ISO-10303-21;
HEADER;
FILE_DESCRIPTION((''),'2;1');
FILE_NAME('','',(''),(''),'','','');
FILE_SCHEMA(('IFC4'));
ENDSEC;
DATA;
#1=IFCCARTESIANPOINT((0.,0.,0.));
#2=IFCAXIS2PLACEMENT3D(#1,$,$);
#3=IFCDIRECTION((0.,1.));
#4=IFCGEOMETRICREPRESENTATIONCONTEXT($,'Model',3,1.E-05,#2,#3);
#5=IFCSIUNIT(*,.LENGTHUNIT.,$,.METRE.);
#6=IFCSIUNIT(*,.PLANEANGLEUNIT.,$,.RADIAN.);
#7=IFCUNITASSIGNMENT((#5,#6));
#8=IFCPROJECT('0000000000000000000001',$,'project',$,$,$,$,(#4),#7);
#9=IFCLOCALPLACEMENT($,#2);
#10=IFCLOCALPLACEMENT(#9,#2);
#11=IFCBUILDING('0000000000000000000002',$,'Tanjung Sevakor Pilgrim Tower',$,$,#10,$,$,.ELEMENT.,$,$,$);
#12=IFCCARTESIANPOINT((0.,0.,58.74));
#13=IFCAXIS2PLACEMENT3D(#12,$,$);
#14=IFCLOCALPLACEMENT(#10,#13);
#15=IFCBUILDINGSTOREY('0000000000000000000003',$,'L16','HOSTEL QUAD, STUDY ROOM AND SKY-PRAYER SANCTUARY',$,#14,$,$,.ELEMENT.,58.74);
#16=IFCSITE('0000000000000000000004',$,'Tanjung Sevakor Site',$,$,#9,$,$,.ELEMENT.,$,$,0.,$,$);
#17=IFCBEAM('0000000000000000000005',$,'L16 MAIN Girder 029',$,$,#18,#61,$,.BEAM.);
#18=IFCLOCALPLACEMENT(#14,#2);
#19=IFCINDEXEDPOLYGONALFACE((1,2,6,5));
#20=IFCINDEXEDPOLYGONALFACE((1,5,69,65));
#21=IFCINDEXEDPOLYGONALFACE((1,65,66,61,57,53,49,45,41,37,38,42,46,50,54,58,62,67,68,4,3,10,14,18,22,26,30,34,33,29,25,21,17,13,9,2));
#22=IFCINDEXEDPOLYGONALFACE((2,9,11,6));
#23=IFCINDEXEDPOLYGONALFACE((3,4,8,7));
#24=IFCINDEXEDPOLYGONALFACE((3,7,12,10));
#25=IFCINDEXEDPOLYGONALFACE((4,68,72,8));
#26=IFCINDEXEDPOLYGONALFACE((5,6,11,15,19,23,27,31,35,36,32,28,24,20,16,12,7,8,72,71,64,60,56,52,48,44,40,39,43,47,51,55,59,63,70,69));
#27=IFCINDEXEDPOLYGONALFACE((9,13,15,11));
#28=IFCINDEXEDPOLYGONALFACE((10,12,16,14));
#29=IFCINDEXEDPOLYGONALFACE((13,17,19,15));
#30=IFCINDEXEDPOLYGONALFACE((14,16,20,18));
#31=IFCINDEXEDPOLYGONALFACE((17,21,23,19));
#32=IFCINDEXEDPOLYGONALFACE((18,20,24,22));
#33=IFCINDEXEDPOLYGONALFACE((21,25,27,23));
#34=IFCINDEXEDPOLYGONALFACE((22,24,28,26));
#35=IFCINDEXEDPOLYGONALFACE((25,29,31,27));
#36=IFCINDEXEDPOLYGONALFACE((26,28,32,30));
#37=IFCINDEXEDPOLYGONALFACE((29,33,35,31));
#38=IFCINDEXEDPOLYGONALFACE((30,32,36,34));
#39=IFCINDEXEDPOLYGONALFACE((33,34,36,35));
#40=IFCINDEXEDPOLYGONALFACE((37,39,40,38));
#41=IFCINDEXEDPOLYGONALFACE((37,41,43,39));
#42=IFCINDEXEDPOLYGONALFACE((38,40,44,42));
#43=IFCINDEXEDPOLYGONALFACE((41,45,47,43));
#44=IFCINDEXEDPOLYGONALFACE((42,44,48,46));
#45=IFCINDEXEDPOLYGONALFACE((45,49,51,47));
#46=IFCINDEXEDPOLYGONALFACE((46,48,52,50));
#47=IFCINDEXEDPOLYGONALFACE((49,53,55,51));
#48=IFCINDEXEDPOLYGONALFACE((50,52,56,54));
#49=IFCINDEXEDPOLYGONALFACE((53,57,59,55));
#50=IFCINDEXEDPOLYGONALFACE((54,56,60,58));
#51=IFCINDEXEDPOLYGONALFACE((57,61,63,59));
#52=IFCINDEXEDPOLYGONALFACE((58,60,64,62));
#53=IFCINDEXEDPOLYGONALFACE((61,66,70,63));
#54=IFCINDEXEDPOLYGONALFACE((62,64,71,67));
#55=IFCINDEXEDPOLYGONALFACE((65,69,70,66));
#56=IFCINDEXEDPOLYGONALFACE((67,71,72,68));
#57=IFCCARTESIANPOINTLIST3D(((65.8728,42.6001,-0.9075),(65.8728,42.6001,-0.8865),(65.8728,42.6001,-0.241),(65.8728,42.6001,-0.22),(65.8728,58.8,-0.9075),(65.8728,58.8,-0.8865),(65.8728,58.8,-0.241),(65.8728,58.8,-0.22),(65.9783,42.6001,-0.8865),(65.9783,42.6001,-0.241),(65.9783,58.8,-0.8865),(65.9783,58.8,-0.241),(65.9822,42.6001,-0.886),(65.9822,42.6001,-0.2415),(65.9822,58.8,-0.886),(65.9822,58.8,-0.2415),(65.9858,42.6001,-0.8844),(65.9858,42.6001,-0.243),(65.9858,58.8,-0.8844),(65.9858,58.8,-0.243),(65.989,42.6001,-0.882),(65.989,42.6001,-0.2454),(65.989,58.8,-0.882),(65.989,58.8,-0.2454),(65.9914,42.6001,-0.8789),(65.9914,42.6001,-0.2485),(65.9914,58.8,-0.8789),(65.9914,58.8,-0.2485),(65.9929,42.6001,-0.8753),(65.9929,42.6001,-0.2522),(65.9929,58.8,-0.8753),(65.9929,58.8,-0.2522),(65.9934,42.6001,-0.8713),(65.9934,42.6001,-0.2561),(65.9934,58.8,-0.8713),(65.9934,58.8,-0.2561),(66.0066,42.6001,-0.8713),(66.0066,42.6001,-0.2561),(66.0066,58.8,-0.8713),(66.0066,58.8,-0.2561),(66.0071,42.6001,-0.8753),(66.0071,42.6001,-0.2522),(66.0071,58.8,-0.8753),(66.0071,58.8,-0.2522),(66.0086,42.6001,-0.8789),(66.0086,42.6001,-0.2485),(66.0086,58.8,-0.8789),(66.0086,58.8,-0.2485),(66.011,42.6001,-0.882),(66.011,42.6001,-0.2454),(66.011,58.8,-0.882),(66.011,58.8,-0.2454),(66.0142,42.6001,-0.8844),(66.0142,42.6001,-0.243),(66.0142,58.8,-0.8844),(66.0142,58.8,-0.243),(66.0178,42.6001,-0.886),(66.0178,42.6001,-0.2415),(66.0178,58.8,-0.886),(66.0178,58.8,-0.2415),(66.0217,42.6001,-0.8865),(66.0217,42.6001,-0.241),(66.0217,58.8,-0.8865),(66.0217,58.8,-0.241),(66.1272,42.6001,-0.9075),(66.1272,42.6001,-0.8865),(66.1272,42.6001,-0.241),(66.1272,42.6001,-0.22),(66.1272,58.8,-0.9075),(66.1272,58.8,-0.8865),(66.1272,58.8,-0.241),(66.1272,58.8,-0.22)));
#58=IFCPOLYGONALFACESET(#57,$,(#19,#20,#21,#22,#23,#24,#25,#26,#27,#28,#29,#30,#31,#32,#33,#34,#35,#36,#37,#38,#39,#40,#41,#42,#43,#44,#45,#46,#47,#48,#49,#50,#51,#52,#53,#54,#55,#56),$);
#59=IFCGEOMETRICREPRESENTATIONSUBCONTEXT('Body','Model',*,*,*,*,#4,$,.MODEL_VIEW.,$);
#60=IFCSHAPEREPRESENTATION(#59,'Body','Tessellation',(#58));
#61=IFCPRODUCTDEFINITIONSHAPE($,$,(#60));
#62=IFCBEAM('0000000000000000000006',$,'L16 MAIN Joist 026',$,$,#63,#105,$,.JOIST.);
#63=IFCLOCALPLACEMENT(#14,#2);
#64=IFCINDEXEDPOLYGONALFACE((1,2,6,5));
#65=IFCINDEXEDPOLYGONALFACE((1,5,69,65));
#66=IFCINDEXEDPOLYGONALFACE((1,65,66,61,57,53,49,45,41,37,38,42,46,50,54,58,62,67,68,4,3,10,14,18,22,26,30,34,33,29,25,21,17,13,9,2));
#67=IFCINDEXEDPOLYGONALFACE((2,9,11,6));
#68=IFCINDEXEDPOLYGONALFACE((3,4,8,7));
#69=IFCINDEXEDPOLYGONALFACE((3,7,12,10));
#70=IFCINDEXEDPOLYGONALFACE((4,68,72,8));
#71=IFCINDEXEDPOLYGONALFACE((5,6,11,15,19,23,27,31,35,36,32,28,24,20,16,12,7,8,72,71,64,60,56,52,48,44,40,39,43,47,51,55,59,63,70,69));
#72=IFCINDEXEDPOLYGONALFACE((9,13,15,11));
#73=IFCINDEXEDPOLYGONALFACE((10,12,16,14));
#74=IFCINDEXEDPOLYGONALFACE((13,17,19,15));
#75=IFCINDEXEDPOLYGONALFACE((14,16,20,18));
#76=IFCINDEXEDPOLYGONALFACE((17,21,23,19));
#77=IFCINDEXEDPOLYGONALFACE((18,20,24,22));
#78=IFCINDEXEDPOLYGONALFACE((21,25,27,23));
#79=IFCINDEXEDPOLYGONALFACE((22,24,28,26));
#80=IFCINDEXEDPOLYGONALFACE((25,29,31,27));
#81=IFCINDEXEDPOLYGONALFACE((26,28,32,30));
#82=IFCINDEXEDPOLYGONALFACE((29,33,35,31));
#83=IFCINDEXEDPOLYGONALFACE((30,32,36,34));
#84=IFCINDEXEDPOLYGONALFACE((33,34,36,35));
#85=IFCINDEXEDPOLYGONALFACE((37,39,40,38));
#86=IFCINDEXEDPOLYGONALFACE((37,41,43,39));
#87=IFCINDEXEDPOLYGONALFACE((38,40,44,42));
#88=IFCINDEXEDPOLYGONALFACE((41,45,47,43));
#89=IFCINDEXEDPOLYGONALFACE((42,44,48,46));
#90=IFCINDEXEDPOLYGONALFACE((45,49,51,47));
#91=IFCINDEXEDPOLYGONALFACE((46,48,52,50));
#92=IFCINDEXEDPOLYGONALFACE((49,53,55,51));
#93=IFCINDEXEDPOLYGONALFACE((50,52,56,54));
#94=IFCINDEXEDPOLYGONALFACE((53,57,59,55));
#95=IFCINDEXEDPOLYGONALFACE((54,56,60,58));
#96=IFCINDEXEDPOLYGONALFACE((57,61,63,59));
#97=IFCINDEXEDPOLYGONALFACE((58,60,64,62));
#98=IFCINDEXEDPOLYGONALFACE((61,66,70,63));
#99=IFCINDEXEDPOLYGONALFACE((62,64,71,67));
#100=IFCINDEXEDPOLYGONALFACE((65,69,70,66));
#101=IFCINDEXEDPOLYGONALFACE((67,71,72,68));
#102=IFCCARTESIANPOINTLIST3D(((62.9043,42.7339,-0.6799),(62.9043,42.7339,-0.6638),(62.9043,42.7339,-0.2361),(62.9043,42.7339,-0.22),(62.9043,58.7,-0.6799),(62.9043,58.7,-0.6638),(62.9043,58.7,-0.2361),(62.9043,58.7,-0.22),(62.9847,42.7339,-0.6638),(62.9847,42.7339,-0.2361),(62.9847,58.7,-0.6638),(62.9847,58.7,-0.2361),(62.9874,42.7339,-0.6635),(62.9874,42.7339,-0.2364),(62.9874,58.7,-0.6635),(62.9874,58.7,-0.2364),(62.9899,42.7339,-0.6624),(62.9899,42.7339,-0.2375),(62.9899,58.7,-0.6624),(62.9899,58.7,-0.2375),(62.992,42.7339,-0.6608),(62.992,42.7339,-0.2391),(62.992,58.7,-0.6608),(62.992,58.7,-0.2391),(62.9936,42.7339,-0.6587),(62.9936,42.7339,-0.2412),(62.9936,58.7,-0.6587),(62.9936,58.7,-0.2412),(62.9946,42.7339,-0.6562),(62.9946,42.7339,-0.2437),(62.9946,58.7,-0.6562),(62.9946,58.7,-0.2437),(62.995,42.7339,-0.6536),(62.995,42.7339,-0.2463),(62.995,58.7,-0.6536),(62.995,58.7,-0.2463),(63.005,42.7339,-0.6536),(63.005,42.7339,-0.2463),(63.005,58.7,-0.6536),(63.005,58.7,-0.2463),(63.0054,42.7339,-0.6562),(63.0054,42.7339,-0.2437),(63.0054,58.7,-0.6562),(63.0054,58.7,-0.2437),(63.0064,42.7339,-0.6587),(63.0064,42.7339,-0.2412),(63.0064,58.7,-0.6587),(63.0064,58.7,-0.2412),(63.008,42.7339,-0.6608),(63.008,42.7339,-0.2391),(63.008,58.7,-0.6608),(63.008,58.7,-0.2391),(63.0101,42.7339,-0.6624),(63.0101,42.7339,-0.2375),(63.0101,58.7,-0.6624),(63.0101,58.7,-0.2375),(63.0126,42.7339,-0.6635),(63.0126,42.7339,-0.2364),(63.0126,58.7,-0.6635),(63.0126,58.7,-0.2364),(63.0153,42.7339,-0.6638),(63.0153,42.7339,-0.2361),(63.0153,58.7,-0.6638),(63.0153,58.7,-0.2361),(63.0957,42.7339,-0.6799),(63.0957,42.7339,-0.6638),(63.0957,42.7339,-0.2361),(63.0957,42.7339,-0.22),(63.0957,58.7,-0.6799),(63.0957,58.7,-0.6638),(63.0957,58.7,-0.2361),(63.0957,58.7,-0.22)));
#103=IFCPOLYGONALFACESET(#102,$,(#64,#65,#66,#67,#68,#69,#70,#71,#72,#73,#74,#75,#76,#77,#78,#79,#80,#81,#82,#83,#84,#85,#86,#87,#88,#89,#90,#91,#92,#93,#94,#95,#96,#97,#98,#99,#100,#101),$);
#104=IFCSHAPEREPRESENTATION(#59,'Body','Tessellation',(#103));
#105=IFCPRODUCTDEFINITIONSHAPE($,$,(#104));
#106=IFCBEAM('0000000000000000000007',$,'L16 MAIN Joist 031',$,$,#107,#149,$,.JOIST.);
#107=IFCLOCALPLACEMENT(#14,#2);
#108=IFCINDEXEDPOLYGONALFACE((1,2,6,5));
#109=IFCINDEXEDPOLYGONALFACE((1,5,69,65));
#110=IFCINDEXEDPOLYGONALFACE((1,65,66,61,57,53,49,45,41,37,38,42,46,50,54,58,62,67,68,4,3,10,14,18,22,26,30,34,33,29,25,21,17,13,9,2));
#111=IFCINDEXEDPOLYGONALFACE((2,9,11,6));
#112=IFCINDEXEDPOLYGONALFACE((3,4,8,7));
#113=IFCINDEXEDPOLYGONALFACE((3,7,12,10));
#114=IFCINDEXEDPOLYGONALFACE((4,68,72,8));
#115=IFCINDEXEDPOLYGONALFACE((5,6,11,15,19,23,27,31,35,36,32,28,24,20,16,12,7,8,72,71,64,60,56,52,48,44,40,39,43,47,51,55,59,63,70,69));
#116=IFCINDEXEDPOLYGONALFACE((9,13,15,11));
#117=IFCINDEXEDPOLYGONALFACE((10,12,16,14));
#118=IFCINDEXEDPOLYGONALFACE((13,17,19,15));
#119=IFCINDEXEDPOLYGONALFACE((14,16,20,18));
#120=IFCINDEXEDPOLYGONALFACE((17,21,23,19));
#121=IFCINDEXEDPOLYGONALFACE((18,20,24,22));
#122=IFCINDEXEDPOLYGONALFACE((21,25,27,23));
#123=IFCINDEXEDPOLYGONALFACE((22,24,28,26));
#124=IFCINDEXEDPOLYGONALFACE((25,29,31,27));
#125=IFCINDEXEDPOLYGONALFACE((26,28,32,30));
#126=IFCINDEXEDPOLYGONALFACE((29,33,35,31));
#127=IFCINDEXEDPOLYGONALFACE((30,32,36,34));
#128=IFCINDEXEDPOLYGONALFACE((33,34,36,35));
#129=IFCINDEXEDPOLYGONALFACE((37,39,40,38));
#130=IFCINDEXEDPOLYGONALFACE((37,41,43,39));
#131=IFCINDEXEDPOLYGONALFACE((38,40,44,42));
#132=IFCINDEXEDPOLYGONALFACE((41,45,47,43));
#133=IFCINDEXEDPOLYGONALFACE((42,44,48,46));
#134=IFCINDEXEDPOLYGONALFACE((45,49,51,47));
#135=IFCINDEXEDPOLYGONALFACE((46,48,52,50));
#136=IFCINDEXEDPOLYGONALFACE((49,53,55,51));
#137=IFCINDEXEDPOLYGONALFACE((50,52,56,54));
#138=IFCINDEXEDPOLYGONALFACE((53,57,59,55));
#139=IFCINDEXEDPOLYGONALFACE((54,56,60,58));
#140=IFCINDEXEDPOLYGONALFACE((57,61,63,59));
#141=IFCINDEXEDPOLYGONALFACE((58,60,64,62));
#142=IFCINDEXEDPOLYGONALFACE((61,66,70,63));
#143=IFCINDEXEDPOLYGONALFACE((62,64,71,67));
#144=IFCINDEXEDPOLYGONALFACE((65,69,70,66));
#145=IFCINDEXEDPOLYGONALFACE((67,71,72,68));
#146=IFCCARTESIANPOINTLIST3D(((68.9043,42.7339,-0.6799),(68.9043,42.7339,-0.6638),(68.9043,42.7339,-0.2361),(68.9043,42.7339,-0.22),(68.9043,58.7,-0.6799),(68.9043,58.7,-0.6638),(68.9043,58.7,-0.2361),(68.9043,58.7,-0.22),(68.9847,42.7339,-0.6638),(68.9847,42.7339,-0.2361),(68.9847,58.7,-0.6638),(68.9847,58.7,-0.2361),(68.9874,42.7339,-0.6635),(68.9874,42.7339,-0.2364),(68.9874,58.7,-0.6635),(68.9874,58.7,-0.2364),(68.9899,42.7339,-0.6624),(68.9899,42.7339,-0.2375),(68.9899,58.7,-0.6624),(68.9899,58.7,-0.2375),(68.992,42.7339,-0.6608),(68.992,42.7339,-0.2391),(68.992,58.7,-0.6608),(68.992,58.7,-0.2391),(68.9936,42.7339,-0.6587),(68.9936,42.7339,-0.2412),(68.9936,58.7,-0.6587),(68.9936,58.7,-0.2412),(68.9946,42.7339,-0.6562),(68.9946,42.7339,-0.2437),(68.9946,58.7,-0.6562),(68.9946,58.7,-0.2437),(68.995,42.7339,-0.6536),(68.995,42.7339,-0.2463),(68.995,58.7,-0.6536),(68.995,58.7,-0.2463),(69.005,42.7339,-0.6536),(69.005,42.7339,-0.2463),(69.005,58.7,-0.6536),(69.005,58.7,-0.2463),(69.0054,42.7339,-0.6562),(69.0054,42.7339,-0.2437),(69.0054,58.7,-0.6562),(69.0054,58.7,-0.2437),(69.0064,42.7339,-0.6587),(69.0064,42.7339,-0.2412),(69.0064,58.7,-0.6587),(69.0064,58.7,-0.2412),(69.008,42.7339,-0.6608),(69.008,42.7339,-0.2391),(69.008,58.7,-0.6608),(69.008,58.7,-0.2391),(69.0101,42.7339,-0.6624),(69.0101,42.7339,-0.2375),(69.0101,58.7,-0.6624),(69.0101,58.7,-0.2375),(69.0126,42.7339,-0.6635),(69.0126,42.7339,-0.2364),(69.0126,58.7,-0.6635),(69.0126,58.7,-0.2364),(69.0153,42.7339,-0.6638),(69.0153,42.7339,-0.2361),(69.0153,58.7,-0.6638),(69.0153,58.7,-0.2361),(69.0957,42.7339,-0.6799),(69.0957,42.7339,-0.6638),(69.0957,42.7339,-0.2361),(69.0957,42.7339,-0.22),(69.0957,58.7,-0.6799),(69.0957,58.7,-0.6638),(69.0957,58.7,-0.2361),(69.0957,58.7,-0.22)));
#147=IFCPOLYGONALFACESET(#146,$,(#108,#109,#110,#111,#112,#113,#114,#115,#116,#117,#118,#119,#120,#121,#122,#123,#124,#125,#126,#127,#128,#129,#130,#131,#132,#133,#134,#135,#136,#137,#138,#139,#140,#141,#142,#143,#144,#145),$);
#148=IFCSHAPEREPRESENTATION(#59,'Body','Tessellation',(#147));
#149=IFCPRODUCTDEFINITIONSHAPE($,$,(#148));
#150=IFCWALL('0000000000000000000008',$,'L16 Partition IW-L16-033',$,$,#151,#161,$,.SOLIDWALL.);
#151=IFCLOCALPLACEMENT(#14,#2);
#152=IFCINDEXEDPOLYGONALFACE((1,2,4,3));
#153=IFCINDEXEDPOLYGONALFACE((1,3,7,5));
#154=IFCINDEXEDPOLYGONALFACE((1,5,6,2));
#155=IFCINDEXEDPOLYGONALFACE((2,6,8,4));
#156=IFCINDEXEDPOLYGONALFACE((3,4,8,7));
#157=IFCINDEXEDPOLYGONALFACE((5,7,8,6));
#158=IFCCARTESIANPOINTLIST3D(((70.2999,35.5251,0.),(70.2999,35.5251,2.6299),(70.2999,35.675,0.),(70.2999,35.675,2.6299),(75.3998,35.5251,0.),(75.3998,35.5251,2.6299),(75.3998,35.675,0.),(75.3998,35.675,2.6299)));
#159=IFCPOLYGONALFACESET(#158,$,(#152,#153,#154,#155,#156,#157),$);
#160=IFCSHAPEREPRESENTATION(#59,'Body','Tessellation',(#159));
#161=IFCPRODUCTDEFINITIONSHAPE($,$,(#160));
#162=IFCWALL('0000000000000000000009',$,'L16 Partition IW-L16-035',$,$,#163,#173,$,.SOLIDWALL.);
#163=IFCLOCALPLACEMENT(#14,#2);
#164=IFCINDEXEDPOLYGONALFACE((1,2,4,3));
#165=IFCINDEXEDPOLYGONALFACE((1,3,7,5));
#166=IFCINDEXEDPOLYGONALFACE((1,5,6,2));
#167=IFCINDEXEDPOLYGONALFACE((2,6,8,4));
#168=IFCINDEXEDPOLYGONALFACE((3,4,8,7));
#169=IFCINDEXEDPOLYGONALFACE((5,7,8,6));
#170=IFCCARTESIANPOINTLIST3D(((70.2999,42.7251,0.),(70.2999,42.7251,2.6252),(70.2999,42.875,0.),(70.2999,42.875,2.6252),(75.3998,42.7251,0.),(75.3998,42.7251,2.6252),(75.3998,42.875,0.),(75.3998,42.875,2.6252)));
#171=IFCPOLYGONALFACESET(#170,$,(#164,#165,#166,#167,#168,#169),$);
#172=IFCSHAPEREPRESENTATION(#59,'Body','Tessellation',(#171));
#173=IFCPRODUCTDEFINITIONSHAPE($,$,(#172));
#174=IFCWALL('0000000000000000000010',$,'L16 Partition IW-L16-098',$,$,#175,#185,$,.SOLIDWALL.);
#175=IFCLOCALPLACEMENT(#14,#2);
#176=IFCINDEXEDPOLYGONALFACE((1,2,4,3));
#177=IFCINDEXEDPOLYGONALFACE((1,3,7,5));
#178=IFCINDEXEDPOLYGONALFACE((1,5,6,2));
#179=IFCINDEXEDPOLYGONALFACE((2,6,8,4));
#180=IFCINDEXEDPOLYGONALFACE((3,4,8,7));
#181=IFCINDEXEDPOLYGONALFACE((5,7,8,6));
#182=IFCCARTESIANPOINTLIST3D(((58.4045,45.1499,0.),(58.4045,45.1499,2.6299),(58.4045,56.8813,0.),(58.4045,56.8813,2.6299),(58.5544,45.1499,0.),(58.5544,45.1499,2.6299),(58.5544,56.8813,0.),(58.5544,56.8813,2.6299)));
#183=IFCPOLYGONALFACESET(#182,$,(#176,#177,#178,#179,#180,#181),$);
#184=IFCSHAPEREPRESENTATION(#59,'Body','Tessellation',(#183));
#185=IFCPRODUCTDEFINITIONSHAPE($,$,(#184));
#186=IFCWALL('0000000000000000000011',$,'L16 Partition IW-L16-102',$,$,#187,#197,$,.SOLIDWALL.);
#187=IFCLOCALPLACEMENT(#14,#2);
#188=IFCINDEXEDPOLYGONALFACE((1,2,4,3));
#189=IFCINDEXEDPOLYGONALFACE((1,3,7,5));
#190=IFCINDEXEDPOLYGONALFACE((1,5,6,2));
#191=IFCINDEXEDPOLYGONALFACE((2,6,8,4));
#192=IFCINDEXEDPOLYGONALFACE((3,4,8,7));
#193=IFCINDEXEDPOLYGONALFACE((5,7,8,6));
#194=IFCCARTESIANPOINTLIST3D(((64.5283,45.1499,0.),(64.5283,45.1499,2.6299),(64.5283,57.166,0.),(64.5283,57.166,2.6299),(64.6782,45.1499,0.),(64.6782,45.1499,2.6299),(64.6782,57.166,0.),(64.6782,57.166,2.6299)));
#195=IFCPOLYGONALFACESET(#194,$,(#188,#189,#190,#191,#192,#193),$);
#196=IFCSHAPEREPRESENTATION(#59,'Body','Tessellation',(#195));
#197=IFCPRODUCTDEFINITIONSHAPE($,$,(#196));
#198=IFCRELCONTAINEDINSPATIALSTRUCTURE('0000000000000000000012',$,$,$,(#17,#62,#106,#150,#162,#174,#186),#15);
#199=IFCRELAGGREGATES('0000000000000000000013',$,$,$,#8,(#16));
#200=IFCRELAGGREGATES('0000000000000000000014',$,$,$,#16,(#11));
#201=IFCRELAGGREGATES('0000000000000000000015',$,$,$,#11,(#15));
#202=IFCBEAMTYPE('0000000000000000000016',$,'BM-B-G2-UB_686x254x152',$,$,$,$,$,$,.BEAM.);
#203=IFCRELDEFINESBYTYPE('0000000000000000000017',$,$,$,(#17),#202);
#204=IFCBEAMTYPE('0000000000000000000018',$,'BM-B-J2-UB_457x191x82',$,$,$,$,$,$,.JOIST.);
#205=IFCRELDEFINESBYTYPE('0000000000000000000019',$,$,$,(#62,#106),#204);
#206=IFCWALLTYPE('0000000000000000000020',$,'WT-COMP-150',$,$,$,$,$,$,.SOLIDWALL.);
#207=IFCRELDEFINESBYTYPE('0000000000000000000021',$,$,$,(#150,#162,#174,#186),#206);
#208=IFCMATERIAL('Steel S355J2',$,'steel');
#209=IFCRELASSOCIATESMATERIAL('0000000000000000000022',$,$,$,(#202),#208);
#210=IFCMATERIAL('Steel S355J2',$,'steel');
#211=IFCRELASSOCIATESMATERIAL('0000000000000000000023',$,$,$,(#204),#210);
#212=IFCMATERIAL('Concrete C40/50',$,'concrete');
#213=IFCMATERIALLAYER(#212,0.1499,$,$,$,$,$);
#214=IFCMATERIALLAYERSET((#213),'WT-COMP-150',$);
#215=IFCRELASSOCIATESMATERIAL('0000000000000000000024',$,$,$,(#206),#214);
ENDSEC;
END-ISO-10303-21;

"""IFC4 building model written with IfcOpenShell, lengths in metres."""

from ifc_helpers import new_model, si_unit, direction, frame, frame_2d, origin, origin_2d, place, context, subcontext, project, spatial, rectangle, i_section, extrude, material, layer, layer_set, material_profile, profile_set, type_object, element, save


model = new_model("IFC4")

# Units and contexts
model_context = context("Model", 3, precision=1e-05, world=origin(), true_north=direction((0.0, 1.0)))
body_context = subcontext(model_context, "Body", "Model", "MODEL_VIEW")
ifc_project = project(units=[si_unit("LENGTHUNIT", "METRE"), si_unit("PLANEANGLEUNIT", "RADIAN")], contexts=[model_context])

# Site, building, storey
site_placement = place(None, origin())
site = spatial("IfcSite", under=ifc_project, at=site_placement, Name="Tanjung Sevakor Site", CompositionType="ELEMENT", RefElevation=0.0)
building_placement = place(site_placement, origin())
building = spatial("IfcBuilding", under=site, at=building_placement, Name="Tanjung Sevakor Pilgrim Tower", CompositionType="ELEMENT")
storey_placement = place(building_placement, frame((0.0, 0.0, 58.74)))
storey = spatial("IfcBuildingStorey", under=building, at=storey_placement, Name="L16", Description="HOSTEL QUAD, STUDY ROOM AND SKY-PRAYER SANCTUARY", CompositionType="ELEMENT", Elevation=58.74)

# Beams
ifc_material_1 = material(Name="Steel S355J2", Category="steel")
ifc_material_profile_1 = material_profile(ifc_material_1, i_section(OverallWidth=0.2544, OverallDepth=0.6875, WebThickness=0.0132, FlangeThickness=0.021, FilletRadius=0.0151, at=origin_2d()))
ifc_profile_set_1 = profile_set([ifc_material_profile_1], Name="Steel S355J2")
beam_type_1 = type_object("IfcBeamType", Name="BM-B-G2-UB_686x254x152", PredefinedType="BEAM", material=ifc_profile_set_1)
for number, where, z_axis, x_axis, name in (
    (1, (66.0, 42.6001, -0.5637), (0.0, 1.0, 0.0), (-1.0, 0.0, 0.0), "L16 MAIN Girder 029"),
):
    element("IfcBeam", number, at=place(storey_placement, frame(where, z_axis=z_axis, x_axis=x_axis)), inside=storey, type_object=beam_type_1, Name=name, PredefinedType="BEAM", context=body_context, shape_type="SweptSolid", body=[
        extrude(i_section(OverallWidth=0.2544, OverallDepth=0.6875, WebThickness=0.0132, FlangeThickness=0.021, FilletRadius=0.0151, at=origin_2d()), origin(), (0.0, 0.0, 1.0), 16.2),
    ])
ifc_material_2 = material(Name="Steel S355J2", Category="steel")
ifc_material_profile_2 = material_profile(ifc_material_2, i_section(OverallWidth=0.1914, OverallDepth=0.46, WebThickness=0.01, FlangeThickness=0.0161, FilletRadius=0.0103, at=origin_2d()))
ifc_profile_set_2 = profile_set([ifc_material_profile_2], Name="Steel S355J2")
beam_type_2 = type_object("IfcBeamType", Name="BM-B-J2-UB_457x191x82", PredefinedType="JOIST", material=ifc_profile_set_2)
for number, where, z_axis, x_axis, name in (
    (2, (63.0, 42.7339, -0.45), (0.0, 1.0, 0.0), (-1.0, 0.0, 0.0), "L16 MAIN Joist 026"),
    (3, (69.0, 42.7339, -0.45), (0.0, 1.0, 0.0), (-1.0, 0.0, 0.0), "L16 MAIN Joist 031"),
):
    element("IfcBeam", number, at=place(storey_placement, frame(where, z_axis=z_axis, x_axis=x_axis)), inside=storey, type_object=beam_type_2, Name=name, PredefinedType="JOIST", context=body_context, shape_type="SweptSolid", body=[
        extrude(i_section(OverallWidth=0.1914, OverallDepth=0.46, WebThickness=0.01, FlangeThickness=0.0161, FilletRadius=0.0103, at=origin_2d()), origin(), (0.0, 0.0, 1.0), 15.9661),
    ])

# Walls
ifc_material_3 = material(Name="Concrete C40/50", Category="concrete")
ifc_layer_1 = layer(ifc_material_3, 0.1499)
ifc_layer_set_1 = layer_set([ifc_layer_1], Name="WT-COMP-150")
wall_type_1 = type_object("IfcWallType", Name="WT-COMP-150", PredefinedType="SOLIDWALL", material=ifc_layer_set_1)
wall_1_placement = place(storey_placement, frame((70.3, 35.6001, 0.0), z_axis=(0.0, 0.0, 1.0), x_axis=(1.0, 0.0, 0.0)))
element("IfcWall", 4, at=wall_1_placement, inside=storey, type_object=wall_type_1, Name="L16 Partition IW-L16-033", PredefinedType="SOLIDWALL", context=body_context, shape_type="SweptSolid", body=[
    extrude(rectangle(XDim=5.0999, YDim=0.1499, at=frame_2d((2.5498, 0.0))), origin(), (0.0, 0.0, 1.0), 2.6299),
])
wall_2_placement = place(storey_placement, frame((70.3, 42.8, 0.0), z_axis=(0.0, 0.0, 1.0), x_axis=(1.0, 0.0, 0.0)))
element("IfcWall", 5, at=wall_2_placement, inside=storey, type_object=wall_type_1, Name="L16 Partition IW-L16-035", PredefinedType="SOLIDWALL", context=body_context, shape_type="SweptSolid", body=[
    extrude(rectangle(XDim=5.0999, YDim=0.1499, at=frame_2d((2.5498, 0.0))), origin(), (0.0, 0.0, 1.0), 2.6252),
])
wall_3_placement = place(storey_placement, frame((58.4795, 45.1499, 0.0), z_axis=(0.0, 0.0, 1.0), x_axis=(0.0, 1.0, 0.0)))
element("IfcWall", 6, at=wall_3_placement, inside=storey, type_object=wall_type_1, Name="L16 Partition IW-L16-098", PredefinedType="SOLIDWALL", context=body_context, shape_type="SweptSolid", body=[
    extrude(rectangle(XDim=11.7314, YDim=0.1499, at=frame_2d((5.8657, 0.0))), origin(), (0.0, 0.0, 1.0), 2.6299),
])
wall_4_placement = place(storey_placement, frame((64.6033, 45.1499, 0.0), z_axis=(0.0, 0.0, 1.0), x_axis=(0.0, 1.0, 0.0)))
element("IfcWall", 7, at=wall_4_placement, inside=storey, type_object=wall_type_1, Name="L16 Partition IW-L16-102", PredefinedType="SOLIDWALL", context=body_context, shape_type="SweptSolid", body=[
    extrude(rectangle(XDim=12.0161, YDim=0.1499, at=frame_2d((6.0081, 0.0))), origin(), (0.0, 0.0, 1.0), 2.6299),
])

save(model, "model.ifc")
